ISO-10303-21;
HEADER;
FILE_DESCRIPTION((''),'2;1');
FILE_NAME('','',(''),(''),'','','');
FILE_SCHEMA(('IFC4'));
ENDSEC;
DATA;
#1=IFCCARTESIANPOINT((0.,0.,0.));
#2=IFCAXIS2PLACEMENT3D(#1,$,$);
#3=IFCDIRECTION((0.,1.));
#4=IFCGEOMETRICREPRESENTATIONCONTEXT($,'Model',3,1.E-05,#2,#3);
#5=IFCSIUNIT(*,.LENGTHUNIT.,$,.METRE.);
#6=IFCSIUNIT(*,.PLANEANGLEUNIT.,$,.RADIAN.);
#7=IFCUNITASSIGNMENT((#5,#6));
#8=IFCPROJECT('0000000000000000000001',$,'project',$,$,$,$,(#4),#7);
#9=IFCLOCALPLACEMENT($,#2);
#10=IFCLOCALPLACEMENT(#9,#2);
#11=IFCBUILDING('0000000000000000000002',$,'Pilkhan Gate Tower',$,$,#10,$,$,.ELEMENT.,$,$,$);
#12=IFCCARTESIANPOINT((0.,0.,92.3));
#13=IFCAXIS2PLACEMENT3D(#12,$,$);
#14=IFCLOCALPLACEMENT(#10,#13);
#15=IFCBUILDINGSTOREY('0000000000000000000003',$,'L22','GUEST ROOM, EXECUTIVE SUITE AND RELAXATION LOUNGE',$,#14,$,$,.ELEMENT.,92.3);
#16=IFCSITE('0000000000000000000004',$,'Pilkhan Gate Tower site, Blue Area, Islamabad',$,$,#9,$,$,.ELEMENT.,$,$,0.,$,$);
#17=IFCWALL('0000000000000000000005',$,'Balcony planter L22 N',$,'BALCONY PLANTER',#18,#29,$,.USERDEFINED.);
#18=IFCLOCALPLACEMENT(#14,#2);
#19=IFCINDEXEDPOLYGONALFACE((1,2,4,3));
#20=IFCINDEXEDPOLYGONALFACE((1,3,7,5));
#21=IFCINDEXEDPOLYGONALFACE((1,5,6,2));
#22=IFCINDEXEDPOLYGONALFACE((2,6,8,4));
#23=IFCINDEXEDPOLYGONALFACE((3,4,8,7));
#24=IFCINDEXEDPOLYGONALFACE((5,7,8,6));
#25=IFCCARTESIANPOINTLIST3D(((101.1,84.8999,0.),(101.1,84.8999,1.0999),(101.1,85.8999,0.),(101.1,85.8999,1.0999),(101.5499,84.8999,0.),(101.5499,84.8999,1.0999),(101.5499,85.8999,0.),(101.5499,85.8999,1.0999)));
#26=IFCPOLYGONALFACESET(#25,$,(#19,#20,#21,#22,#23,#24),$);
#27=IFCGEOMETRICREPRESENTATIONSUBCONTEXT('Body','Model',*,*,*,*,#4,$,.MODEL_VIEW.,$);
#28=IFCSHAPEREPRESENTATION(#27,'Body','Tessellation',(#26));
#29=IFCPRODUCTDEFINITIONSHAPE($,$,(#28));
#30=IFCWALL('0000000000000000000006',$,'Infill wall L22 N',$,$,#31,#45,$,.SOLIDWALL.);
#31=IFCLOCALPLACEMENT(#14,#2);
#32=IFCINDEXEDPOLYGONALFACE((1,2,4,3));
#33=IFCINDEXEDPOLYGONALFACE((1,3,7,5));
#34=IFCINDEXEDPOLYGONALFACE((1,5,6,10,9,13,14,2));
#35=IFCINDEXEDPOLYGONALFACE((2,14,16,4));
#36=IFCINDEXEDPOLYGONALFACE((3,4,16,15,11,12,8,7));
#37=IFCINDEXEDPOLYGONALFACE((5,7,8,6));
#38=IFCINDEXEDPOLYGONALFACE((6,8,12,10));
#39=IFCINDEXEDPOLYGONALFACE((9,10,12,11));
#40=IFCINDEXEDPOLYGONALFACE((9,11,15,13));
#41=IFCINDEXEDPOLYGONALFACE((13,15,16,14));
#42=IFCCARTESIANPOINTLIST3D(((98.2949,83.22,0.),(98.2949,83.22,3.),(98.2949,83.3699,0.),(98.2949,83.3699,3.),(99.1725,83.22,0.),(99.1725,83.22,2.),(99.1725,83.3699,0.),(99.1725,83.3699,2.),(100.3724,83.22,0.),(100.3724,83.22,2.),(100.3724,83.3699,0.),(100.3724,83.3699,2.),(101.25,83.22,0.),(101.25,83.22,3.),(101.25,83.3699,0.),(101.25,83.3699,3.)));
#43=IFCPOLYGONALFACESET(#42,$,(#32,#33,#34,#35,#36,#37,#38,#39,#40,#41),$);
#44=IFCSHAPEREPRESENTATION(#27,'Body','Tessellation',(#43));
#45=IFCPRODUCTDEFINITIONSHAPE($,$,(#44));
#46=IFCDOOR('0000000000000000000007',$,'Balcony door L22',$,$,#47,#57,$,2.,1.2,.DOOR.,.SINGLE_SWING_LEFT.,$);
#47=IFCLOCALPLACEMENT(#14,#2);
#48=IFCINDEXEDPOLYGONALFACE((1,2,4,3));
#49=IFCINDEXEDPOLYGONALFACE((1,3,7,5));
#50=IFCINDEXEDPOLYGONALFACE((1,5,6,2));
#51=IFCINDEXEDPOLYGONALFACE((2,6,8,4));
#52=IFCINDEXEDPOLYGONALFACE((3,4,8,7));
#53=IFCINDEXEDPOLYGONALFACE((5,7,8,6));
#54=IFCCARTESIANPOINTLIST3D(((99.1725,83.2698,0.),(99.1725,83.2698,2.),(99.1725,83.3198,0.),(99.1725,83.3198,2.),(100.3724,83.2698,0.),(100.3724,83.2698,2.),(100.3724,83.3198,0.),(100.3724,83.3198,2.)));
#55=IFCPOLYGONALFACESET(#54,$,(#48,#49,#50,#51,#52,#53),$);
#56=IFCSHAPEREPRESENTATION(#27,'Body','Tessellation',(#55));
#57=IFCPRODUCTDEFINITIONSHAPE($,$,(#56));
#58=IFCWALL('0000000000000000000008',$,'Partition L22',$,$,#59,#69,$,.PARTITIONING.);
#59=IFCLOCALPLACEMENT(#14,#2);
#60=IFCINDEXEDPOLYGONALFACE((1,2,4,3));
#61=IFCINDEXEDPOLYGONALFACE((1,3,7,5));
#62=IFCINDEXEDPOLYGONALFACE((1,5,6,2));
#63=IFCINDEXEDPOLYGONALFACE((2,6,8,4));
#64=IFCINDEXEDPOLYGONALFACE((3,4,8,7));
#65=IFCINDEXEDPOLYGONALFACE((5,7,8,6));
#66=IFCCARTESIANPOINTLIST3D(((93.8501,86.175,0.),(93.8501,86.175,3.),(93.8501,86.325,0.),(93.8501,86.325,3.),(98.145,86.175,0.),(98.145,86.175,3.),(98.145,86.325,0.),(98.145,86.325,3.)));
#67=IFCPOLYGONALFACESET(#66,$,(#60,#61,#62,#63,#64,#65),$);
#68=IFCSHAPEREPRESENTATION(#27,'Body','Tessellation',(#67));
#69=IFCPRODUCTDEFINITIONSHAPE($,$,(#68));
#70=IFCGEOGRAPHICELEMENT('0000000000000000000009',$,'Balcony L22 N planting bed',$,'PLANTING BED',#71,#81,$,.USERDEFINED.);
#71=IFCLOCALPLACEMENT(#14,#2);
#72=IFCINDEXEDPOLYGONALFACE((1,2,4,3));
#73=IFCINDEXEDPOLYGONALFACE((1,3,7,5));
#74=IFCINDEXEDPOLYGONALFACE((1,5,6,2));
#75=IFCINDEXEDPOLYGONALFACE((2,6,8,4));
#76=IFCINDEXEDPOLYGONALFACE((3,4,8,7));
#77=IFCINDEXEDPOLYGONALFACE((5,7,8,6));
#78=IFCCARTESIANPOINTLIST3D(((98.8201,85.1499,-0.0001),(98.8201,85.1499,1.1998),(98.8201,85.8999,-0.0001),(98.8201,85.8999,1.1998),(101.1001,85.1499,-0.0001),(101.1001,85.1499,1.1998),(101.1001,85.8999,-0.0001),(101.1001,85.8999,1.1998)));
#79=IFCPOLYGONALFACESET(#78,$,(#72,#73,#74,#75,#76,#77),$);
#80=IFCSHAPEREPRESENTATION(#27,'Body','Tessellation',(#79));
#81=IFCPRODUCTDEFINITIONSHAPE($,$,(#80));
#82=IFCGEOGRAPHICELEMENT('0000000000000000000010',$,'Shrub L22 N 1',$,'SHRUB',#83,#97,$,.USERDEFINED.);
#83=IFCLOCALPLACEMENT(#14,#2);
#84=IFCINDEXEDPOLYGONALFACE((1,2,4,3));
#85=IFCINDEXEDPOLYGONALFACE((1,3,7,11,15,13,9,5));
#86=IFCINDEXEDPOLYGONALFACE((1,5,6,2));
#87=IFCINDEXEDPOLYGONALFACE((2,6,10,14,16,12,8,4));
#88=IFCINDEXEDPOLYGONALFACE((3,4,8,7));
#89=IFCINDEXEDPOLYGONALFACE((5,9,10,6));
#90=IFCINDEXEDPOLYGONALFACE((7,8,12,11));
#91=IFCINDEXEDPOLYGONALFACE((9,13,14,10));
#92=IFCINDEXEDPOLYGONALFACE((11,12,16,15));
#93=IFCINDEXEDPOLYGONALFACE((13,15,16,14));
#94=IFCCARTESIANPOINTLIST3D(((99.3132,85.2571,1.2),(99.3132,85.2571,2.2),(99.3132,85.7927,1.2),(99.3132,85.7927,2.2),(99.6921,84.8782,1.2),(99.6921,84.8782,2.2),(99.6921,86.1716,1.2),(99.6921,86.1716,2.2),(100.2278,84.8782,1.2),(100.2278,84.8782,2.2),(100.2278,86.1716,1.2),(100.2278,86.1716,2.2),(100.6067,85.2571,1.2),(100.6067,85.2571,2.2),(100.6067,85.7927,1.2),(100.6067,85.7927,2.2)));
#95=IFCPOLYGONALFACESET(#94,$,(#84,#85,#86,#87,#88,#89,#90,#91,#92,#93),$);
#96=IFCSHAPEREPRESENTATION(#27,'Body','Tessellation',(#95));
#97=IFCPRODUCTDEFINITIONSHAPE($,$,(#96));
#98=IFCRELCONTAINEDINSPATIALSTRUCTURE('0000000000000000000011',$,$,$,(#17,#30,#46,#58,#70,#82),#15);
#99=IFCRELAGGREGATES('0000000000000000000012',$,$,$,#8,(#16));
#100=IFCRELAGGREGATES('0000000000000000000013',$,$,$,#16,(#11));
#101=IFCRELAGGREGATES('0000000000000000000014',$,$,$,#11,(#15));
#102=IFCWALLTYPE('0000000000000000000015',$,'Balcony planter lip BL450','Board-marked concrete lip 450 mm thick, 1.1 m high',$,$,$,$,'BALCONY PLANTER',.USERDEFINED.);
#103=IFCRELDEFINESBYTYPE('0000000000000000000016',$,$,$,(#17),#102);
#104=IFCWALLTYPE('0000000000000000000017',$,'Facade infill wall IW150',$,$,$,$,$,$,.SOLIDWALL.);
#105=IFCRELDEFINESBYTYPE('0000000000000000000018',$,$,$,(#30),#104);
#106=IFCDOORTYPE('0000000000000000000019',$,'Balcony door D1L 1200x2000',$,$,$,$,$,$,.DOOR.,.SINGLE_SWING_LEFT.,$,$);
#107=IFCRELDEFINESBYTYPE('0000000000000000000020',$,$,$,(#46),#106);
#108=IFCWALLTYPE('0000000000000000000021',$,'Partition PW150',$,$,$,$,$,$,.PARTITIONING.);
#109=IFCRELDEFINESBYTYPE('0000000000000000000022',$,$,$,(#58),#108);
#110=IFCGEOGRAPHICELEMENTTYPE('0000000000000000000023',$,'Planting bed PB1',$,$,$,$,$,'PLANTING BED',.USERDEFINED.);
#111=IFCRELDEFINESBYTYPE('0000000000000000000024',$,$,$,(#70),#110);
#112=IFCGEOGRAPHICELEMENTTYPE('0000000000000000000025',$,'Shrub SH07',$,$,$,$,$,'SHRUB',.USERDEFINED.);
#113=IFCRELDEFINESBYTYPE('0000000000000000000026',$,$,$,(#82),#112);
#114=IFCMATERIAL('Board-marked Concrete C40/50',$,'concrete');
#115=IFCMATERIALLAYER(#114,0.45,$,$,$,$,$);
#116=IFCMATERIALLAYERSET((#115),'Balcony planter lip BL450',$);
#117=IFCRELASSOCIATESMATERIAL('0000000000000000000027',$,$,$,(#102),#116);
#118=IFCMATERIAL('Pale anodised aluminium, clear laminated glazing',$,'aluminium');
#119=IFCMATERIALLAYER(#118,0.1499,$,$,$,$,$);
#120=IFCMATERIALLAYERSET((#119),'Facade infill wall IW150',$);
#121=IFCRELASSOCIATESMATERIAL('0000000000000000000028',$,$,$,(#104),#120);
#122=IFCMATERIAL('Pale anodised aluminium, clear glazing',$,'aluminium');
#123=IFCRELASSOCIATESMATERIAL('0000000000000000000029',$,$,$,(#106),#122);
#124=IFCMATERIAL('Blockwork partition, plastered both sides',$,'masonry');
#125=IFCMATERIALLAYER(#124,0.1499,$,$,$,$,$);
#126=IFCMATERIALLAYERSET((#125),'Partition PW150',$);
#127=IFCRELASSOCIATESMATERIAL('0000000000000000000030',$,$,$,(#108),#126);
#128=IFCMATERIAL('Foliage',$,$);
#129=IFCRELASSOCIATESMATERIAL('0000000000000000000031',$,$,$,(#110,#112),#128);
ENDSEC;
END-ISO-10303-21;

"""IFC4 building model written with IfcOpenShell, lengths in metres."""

from ifc_helpers import new_model, si_unit, direction, frame, frame_2d, origin, origin_2d, place, context, subcontext, project, spatial, polyline, rectangle, outline, extrude, material, layer, layer_set, material_profile, profile_set, type_object, element, fill, save


model = new_model("IFC4")

# Units and contexts
model_context = context("Model", 3, precision=1e-05, world=origin(), true_north=direction((0.0, 1.0)))
body_context = subcontext(model_context, "Body", "Model", "MODEL_VIEW")
ifc_project = project(units=[si_unit("LENGTHUNIT", "METRE"), si_unit("PLANEANGLEUNIT", "RADIAN")], contexts=[model_context])

# Site, building, storey
site_placement = place(None, origin())
site = spatial("IfcSite", under=ifc_project, at=site_placement, Name="Pilkhan Gate Tower site, Blue Area, Islamabad", CompositionType="ELEMENT", RefElevation=0.0)
building_placement = place(site_placement, origin())
building = spatial("IfcBuilding", under=site, at=building_placement, Name="Pilkhan Gate Tower", CompositionType="ELEMENT")
storey_placement = place(building_placement, frame((0.0, 0.0, 92.3)))
storey = spatial("IfcBuildingStorey", under=building, at=storey_placement, Name="L22", Description="GUEST ROOM, EXECUTIVE SUITE AND RELAXATION LOUNGE", CompositionType="ELEMENT", Elevation=92.3)

# Wall
ifc_material_1 = material(Name="Board-marked Concrete C40/50", Category="concrete")
ifc_layer_1 = layer(ifc_material_1, 0.45)
ifc_layer_set_1 = layer_set([ifc_layer_1], Name="Balcony planter lip BL450")
wall_type_1 = type_object("IfcWallType", Name="Balcony planter lip BL450", Description="Board-marked concrete lip 450 mm thick, 1.1 m high", ElementType="BALCONY PLANTER", PredefinedType="USERDEFINED", material=ifc_layer_set_1)
for number, where, z_axis, x_axis, name in (
    (1, (101.325, 84.8999, 0.0), (0.0, 0.0, 1.0), (0.0, 1.0, 0.0), "Balcony planter L22 N"),
):
    element("IfcWall", number, at=place(storey_placement, frame(where, z_axis=z_axis, x_axis=x_axis)), inside=storey, type_object=wall_type_1, Name=name, ObjectType="BALCONY PLANTER", PredefinedType="USERDEFINED", context=body_context, shape_type="SweptSolid", body=[
        extrude(rectangle(XDim=1.0, YDim=0.45, at=frame_2d((0.5, 0.0))), origin(), (0.0, 0.0, 1.0), 1.0999),
    ])

# Wall, opening, door
ifc_material_2 = material(Name="Pale anodised aluminium, clear laminated glazing", Category="aluminium")
ifc_layer_2 = layer(ifc_material_2, 0.1499)
ifc_layer_set_2 = layer_set([ifc_layer_2], Name="Facade infill wall IW150")
wall_type_2 = type_object("IfcWallType", Name="Facade infill wall IW150", PredefinedType="SOLIDWALL", material=ifc_layer_set_2)
wall_1_placement = place(storey_placement, frame((98.2949, 83.2949, 0.0), z_axis=(0.0, 0.0, 1.0), x_axis=(1.0, 0.0, 0.0)))
wall_1 = element("IfcWall", 2, at=wall_1_placement, inside=storey, type_object=wall_type_2, Name="Infill wall L22 N", PredefinedType="SOLIDWALL", context=body_context, shape_type="SweptSolid", body=[
    extrude(rectangle(XDim=2.9551, YDim=0.1499, at=frame_2d((1.4775, 0.0))), origin(), (0.0, 0.0, 1.0), 3.0),
])
opening_placement = place(wall_1_placement, frame((0.8774, 0.0, 0.0)))
opening = element("IfcOpeningElement", 3, at=opening_placement, cuts=wall_1, PredefinedType="OPENING", context=body_context, shape_type="SweptSolid", body=[
    extrude(rectangle(XDim=1.2, YDim=2.0, at=frame_2d((0.6001, 1.0))), frame((0.0, 0.085, 0.0), z_axis=(0.0, -1.0, 0.0), x_axis=(1.0, 0.0, 0.0)), (0.0, 0.0, 1.0), 0.1699),
])
ifc_material_3 = material(Name="Pale anodised aluminium, clear glazing", Category="aluminium")
door_type = type_object("IfcDoorType", Name="Balcony door D1L 1200x2000", OperationType="SINGLE_SWING_LEFT", PredefinedType="DOOR", material=ifc_material_3)
door_placement = place(opening_placement, origin())
door = element("IfcDoor", 4, at=door_placement, inside=storey, type_object=door_type, Name="Balcony door L22", OperationType="SINGLE_SWING_LEFT", OverallHeight=2.0, OverallWidth=1.2, PredefinedType="DOOR", context=body_context, shape_type="SweptSolid", body=[
    extrude(rectangle(XDim=1.2, YDim=2.0, at=frame_2d((0.6001, 1.0))), frame((0.0, 0.0249, 0.0), z_axis=(0.0, -1.0, 0.0), x_axis=(1.0, 0.0, 0.0)), (0.0, 0.0, 1.0), 0.05),
])
fill(opening, door)

# Wall
ifc_material_4 = material(Name="Blockwork partition, plastered both sides", Category="masonry")
ifc_layer_3 = layer(ifc_material_4, 0.1499)
ifc_layer_set_3 = layer_set([ifc_layer_3], Name="Partition PW150")
wall_type_3 = type_object("IfcWallType", Name="Partition PW150", PredefinedType="PARTITIONING", material=ifc_layer_set_3)
wall_2_placement = place(storey_placement, frame((93.8501, 86.25, 0.0), z_axis=(0.0, 0.0, 1.0), x_axis=(1.0, 0.0, 0.0)))
element("IfcWall", 5, at=wall_2_placement, inside=storey, type_object=wall_type_3, Name="Partition L22", PredefinedType="PARTITIONING", context=body_context, shape_type="SweptSolid", body=[
    extrude(rectangle(XDim=4.2949, YDim=0.1499, at=frame_2d((2.1475, 0.0))), origin(), (0.0, 0.0, 1.0), 3.0),
])

# Geographic elements
ifc_material_5 = material(Name="Foliage")
ifc_material_profile_1 = material_profile(ifc_material_5, rectangle(XDim=0.75, YDim=1.2, at=origin_2d()), Name="Bed 750x1200")
ifc_profile_set_1 = profile_set([ifc_material_profile_1], Name="Foliage")
geographic_element_type_1 = type_object("IfcGeographicElementType", Name="Planting bed PB1", ElementType="PLANTING BED", PredefinedType="USERDEFINED", material=ifc_profile_set_1)
geographic_element_1_placement = place(storey_placement, frame((98.8201, 85.5249, 0.5999), z_axis=(1.0, 0.0, 0.0), x_axis=(0.0, 1.0, 0.0)))
element("IfcGeographicElement", 6, at=geographic_element_1_placement, inside=storey, type_object=geographic_element_type_1, Name="Balcony L22 N planting bed", ObjectType="PLANTING BED", PredefinedType="USERDEFINED", context=body_context, shape_type="SweptSolid", body=[
    extrude(rectangle(XDim=0.75, YDim=1.2, at=origin_2d()), origin(), (0.0, 0.0, 1.0), 2.28),
])
ifc_material_profile_2 = material_profile(ifc_material_5, outline(polyline([(0.6467, 0.2678), (0.2678, 0.6467), (-0.2678, 0.6467), (-0.6467, 0.2678), (-0.6467, -0.2678), (-0.2678, -0.6467), (0.2678, -0.6467), (0.6467, -0.2678), (0.6467, 0.2678)])), Name="Shrub D1.4")
ifc_profile_set_2 = profile_set([ifc_material_profile_2], Name="Foliage")
geographic_element_type_2 = type_object("IfcGeographicElementType", Name="Shrub SH07", ElementType="SHRUB", PredefinedType="USERDEFINED", material=ifc_profile_set_2)
geographic_element_2_placement = place(storey_placement, frame((99.96, 85.5249, 1.2), z_axis=(0.0, 0.0, 1.0), x_axis=(1.0, 0.0, 0.0)))
element("IfcGeographicElement", 7, at=geographic_element_2_placement, inside=storey, type_object=geographic_element_type_2, Name="Shrub L22 N 1", ObjectType="SHRUB", PredefinedType="USERDEFINED", context=body_context, shape_type="SweptSolid", body=[
    extrude(outline(polyline([(0.6467, 0.2678), (0.2678, 0.6467), (-0.2678, 0.6467), (-0.6467, 0.2678), (-0.6467, -0.2678), (-0.2678, -0.6467), (0.2678, -0.6467), (0.6467, -0.2678), (0.6467, 0.2678)])), origin(), (0.0, 0.0, 1.0), 1.0),
])

save(model, "model.ifc")
